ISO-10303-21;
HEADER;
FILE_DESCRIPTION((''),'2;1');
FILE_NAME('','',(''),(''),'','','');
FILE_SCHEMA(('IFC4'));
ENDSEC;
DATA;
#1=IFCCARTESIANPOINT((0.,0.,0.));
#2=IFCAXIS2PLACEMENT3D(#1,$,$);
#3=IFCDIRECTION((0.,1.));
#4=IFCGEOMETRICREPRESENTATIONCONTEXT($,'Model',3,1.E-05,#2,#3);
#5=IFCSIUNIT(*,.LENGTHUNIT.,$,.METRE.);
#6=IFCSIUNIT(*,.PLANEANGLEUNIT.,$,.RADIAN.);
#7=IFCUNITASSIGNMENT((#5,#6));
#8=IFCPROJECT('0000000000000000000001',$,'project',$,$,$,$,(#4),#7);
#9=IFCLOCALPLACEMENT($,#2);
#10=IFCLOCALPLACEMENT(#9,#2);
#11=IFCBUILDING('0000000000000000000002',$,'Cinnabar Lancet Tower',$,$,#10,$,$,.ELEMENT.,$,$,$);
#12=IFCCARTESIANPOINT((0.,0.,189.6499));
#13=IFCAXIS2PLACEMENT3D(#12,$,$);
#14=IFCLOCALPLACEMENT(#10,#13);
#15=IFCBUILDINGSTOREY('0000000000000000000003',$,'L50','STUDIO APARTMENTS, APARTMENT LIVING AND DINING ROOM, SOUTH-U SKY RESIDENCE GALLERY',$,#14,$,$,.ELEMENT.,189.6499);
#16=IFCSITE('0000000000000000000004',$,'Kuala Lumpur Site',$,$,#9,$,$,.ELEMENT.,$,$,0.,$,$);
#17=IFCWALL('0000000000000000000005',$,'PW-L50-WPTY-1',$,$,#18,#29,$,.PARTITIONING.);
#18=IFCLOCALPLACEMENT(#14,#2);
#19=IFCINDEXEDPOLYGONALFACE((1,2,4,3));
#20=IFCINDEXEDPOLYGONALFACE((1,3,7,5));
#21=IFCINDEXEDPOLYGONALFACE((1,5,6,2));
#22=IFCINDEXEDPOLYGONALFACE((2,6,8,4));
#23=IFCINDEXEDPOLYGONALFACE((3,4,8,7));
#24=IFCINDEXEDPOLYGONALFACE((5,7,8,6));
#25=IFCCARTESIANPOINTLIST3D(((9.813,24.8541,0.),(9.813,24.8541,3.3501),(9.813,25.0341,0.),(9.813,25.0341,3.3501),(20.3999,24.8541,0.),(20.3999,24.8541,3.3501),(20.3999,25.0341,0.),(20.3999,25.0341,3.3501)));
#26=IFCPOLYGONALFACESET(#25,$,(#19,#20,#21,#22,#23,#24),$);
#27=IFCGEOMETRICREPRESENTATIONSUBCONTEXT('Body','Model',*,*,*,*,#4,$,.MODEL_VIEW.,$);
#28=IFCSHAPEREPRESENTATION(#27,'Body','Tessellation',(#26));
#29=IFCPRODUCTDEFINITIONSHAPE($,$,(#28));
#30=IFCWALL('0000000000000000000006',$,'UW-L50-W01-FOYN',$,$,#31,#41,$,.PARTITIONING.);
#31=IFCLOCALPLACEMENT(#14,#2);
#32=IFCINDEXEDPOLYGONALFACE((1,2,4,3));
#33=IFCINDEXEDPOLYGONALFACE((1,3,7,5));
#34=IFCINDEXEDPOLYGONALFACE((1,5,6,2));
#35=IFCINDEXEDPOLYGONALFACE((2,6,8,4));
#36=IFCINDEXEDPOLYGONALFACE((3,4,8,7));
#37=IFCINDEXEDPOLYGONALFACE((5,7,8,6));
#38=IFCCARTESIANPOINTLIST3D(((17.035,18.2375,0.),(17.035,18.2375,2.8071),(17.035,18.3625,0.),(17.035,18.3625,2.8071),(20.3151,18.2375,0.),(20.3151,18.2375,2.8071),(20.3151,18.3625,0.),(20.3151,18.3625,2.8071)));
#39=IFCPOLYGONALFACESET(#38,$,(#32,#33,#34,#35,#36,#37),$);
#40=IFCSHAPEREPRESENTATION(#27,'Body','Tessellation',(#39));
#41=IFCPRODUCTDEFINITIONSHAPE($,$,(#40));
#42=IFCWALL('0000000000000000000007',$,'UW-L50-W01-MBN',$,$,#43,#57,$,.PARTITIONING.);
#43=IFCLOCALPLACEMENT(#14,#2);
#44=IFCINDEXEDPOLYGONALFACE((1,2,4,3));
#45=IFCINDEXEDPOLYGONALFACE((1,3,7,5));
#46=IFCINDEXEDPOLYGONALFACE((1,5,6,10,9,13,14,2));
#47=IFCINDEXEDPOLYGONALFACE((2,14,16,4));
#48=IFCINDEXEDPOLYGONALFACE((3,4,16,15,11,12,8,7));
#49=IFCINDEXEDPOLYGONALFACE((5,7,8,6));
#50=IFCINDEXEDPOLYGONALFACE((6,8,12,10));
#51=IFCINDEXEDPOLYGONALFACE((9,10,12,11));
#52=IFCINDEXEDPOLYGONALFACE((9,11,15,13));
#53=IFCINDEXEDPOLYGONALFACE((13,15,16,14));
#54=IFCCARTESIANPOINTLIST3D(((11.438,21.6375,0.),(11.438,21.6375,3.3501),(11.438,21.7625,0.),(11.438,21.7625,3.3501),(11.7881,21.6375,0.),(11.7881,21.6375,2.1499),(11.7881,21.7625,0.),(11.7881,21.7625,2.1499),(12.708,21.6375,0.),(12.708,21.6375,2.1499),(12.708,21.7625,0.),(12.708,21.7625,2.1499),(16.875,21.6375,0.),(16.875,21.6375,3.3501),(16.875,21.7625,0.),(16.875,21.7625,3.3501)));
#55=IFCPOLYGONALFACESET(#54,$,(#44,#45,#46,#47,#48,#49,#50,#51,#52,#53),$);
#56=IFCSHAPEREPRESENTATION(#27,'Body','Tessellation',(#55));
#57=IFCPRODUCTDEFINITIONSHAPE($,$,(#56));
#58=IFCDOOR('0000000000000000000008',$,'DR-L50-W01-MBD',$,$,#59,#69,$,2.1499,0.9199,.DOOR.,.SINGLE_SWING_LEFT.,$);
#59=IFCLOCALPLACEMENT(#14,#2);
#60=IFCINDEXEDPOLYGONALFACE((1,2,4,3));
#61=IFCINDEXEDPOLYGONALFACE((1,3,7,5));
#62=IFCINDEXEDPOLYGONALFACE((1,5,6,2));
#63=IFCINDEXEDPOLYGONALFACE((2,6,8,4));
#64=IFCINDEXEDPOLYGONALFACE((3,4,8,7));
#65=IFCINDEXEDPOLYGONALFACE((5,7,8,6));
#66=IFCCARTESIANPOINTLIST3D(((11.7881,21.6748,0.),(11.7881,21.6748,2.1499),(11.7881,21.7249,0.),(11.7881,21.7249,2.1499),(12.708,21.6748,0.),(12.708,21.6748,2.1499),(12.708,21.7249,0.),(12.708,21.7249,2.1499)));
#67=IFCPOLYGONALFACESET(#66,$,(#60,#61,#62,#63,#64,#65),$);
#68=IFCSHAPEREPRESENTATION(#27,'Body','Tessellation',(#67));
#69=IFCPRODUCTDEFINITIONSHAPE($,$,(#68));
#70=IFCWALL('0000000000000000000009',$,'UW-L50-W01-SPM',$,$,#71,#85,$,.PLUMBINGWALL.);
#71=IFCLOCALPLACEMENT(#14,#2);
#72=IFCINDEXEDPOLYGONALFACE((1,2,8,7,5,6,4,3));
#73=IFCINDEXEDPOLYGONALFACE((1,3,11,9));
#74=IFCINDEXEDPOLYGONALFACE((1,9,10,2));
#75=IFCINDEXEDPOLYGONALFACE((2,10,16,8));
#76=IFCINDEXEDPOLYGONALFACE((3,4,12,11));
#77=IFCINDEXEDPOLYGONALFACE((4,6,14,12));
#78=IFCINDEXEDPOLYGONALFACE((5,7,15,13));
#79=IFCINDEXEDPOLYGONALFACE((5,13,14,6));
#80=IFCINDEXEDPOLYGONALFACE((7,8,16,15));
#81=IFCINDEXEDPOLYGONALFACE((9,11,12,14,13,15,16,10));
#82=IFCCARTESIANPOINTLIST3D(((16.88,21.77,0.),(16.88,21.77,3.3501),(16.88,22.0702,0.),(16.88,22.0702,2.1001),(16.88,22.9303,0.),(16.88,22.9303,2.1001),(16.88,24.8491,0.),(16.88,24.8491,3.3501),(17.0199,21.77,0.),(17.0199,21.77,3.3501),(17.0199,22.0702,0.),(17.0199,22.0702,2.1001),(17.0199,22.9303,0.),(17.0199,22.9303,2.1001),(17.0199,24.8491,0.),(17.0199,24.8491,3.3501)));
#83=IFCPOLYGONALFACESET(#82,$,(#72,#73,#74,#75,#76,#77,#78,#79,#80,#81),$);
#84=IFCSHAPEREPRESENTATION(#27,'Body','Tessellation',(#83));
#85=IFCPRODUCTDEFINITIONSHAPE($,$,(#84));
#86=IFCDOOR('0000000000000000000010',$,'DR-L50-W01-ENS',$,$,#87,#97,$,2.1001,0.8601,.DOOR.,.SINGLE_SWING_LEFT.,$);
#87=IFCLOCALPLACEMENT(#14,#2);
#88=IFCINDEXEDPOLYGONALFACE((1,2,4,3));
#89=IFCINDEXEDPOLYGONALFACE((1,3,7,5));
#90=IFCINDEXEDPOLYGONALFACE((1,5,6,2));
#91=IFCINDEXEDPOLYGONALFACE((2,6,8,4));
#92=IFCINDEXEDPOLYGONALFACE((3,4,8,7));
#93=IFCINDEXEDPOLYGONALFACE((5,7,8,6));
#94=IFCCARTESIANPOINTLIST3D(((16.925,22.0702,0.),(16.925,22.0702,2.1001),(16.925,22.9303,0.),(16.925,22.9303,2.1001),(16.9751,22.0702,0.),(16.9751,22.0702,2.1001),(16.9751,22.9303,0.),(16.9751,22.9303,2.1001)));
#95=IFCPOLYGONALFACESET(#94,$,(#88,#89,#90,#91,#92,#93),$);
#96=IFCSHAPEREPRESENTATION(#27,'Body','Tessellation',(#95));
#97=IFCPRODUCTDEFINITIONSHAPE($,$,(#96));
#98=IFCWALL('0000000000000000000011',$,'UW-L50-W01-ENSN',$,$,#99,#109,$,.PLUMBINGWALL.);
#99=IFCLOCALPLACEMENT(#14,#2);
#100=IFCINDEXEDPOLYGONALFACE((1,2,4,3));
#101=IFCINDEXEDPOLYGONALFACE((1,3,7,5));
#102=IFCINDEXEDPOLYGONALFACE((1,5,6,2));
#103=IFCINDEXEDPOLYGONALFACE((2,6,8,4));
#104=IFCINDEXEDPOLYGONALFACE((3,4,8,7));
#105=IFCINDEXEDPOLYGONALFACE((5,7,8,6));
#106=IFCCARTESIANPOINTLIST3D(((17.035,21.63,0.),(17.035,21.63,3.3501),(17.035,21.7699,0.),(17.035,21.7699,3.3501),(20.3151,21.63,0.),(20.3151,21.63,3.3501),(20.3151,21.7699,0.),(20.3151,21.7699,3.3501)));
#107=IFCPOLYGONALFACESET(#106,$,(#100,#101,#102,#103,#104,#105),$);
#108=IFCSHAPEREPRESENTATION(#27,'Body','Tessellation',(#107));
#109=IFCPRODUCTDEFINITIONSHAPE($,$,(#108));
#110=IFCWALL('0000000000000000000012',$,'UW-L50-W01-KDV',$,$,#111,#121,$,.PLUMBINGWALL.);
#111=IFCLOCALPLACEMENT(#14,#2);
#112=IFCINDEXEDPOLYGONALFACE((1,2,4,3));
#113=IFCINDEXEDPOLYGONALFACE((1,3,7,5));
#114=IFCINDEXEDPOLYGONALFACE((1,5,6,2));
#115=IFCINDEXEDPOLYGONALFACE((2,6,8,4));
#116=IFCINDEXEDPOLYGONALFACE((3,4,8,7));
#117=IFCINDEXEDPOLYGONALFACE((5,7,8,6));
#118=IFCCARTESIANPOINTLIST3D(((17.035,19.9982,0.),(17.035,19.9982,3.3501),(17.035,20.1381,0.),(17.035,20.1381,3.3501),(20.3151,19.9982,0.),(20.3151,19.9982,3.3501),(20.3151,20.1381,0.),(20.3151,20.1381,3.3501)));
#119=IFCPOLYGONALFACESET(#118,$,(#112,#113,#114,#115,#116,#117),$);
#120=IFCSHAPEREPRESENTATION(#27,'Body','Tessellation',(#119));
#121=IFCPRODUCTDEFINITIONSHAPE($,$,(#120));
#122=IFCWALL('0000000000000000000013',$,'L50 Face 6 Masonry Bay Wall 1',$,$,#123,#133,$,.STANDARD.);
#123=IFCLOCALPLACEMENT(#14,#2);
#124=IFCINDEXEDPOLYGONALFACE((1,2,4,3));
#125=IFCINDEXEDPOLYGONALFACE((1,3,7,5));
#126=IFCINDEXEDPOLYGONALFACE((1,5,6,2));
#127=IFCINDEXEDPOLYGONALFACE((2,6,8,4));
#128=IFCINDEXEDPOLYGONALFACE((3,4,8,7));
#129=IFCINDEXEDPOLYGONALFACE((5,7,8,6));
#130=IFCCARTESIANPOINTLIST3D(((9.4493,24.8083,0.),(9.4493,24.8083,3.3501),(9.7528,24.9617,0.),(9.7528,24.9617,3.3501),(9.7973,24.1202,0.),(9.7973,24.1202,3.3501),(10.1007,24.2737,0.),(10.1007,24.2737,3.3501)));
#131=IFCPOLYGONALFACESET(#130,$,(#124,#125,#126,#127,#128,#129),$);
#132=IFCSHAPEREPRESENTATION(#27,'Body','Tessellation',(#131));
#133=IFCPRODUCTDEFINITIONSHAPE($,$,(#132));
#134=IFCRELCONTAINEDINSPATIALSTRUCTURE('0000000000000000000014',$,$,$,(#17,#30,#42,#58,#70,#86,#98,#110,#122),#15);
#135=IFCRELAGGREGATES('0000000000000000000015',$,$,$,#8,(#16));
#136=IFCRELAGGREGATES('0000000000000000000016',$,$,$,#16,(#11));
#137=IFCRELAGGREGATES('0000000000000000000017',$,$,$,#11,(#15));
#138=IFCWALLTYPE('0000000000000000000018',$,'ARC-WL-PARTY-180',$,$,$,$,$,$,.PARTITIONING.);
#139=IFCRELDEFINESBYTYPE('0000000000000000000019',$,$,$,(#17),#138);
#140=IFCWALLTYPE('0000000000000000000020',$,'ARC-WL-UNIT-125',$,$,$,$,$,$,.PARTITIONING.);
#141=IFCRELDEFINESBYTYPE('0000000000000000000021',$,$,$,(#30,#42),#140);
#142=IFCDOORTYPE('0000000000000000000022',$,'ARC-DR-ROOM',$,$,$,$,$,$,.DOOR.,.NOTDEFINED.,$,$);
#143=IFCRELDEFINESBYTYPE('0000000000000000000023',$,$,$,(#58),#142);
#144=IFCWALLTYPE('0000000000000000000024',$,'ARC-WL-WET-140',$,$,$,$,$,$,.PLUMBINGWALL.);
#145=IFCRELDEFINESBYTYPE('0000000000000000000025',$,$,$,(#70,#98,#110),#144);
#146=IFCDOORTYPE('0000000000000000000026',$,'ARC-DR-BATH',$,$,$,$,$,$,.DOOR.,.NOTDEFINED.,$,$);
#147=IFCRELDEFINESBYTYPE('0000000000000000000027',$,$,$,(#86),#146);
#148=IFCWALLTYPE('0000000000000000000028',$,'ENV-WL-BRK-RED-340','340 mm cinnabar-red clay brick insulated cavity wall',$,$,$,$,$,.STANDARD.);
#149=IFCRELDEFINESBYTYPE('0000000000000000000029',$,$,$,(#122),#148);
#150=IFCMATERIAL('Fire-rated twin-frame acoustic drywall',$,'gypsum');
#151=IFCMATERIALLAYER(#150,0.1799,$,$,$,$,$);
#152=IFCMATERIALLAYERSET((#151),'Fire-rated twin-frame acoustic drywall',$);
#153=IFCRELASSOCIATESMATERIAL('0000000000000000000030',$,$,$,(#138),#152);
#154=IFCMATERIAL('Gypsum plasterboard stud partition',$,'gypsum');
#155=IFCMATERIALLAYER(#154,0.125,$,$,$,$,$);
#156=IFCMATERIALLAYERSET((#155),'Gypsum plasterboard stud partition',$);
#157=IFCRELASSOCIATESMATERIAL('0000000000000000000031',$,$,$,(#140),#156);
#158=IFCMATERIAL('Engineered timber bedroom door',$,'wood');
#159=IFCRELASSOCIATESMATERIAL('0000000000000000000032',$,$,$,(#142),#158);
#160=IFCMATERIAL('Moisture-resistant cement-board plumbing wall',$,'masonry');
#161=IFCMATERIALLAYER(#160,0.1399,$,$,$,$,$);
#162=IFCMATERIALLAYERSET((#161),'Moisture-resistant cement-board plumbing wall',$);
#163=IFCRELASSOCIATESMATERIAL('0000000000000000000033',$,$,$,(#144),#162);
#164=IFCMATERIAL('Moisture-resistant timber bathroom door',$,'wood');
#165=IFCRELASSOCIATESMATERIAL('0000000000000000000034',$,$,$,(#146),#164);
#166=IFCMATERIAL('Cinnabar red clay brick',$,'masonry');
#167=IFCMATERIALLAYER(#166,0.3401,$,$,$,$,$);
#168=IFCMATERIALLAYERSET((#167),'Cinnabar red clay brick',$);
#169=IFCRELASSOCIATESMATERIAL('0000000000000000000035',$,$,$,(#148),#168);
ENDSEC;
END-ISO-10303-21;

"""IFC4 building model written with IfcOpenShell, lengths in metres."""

from ifc_helpers import new_model, si_unit, direction, frame, frame_2d, origin, place, context, subcontext, project, spatial, rectangle, extrude, material, layer, layer_set, type_object, element, fill, save


model = new_model("IFC4")

# Units and contexts
model_context = context("Model", 3, precision=1e-05, world=origin(), true_north=direction((0.0, 1.0)))
body_context = subcontext(model_context, "Body", "Model", "MODEL_VIEW")
ifc_project = project(units=[si_unit("LENGTHUNIT", "METRE"), si_unit("PLANEANGLEUNIT", "RADIAN")], contexts=[model_context])

# Site, building, storey
site_placement = place(None, origin())
site = spatial("IfcSite", under=ifc_project, at=site_placement, Name="Kuala Lumpur Site", CompositionType="ELEMENT", RefElevation=0.0)
building_placement = place(site_placement, origin())
building = spatial("IfcBuilding", under=site, at=building_placement, Name="Cinnabar Lancet Tower", CompositionType="ELEMENT")
storey_placement = place(building_placement, frame((0.0, 0.0, 189.6499)))
storey = spatial("IfcBuildingStorey", under=building, at=storey_placement, Name="L50", Description="STUDIO APARTMENTS, APARTMENT LIVING AND DINING ROOM, SOUTH-U SKY RESIDENCE GALLERY", CompositionType="ELEMENT", Elevation=189.6499)

# Walls
ifc_material_1 = material(Name="Fire-rated twin-frame acoustic drywall", Category="gypsum")
ifc_layer_1 = layer(ifc_material_1, 0.1799)
ifc_layer_set_1 = layer_set([ifc_layer_1], Name="Fire-rated twin-frame acoustic drywall")
wall_type_1 = type_object("IfcWallType", Name="ARC-WL-PARTY-180", PredefinedType="PARTITIONING", material=ifc_layer_set_1)
wall_1_placement = place(storey_placement, frame((9.813, 24.9441, 0.0), z_axis=(0.0, 0.0, 1.0), x_axis=(1.0, 0.0, 0.0)))
element("IfcWall", 1, at=wall_1_placement, inside=storey, type_object=wall_type_1, Name="PW-L50-WPTY-1", PredefinedType="PARTITIONING", context=body_context, shape_type="SweptSolid", body=[
    extrude(rectangle(XDim=10.5869, YDim=0.1799, at=frame_2d((5.2935, 0.0))), origin(), (0.0, 0.0, 1.0), 3.3501),
])
ifc_material_2 = material(Name="Gypsum plasterboard stud partition", Category="gypsum")
ifc_layer_2 = layer(ifc_material_2, 0.125)
ifc_layer_set_2 = layer_set([ifc_layer_2], Name="Gypsum plasterboard stud partition")
wall_type_2 = type_object("IfcWallType", Name="ARC-WL-UNIT-125", PredefinedType="PARTITIONING", material=ifc_layer_set_2)
wall_2_placement = place(storey_placement, frame((17.0349, 18.3, 0.0), z_axis=(0.0, 0.0, 1.0), x_axis=(1.0, 0.0, 0.0)))
element("IfcWall", 2, at=wall_2_placement, inside=storey, type_object=wall_type_2, Name="UW-L50-W01-FOYN", PredefinedType="PARTITIONING", context=body_context, shape_type="SweptSolid", body=[
    extrude(rectangle(XDim=3.28, YDim=0.125, at=frame_2d((1.6401, 0.0))), origin(), (0.0, 0.0, 1.0), 2.8071),
])

# Wall, opening, door
wall_3_placement = place(storey_placement, frame((11.438, 21.7, 0.0), z_axis=(0.0, 0.0, 1.0), x_axis=(1.0, 0.0, 0.0)))
wall_3 = element("IfcWall", 3, at=wall_3_placement, inside=storey, type_object=wall_type_2, Name="UW-L50-W01-MBN", PredefinedType="PARTITIONING", context=body_context, shape_type="SweptSolid", body=[
    extrude(rectangle(XDim=5.437, YDim=0.125, at=frame_2d((2.7185, 0.0))), origin(), (0.0, 0.0, 1.0), 3.3501),
])
opening_1_placement = place(wall_3_placement, frame((0.3501, 0.0, 0.0)))
opening_1 = element("IfcOpeningElement", 4, at=opening_1_placement, cuts=wall_3, PredefinedType="OPENING", context=body_context, shape_type="SweptSolid", body=[
    extrude(rectangle(XDim=0.9199, YDim=2.1499, at=frame_2d((0.46, 1.075))), frame((0.0, 0.0725, 0.0), z_axis=(0.0, -1.0, 0.0), x_axis=(1.0, 0.0, 0.0)), (0.0, 0.0, 1.0), 0.145),
])
ifc_material_3 = material(Name="Engineered timber bedroom door", Category="wood")
door_type_1 = type_object("IfcDoorType", Name="ARC-DR-ROOM", OperationType="NOTDEFINED", PredefinedType="DOOR", material=ifc_material_3)
door_1_placement = place(opening_1_placement, origin())
door_1 = element("IfcDoor", 5, at=door_1_placement, inside=storey, type_object=door_type_1, Name="DR-L50-W01-MBD", OperationType="SINGLE_SWING_LEFT", OverallHeight=2.1499, OverallWidth=0.9199, PredefinedType="DOOR", context=body_context, shape_type="SweptSolid", body=[
    extrude(rectangle(XDim=0.9199, YDim=2.1499, at=frame_2d((0.46, 1.075))), frame((0.0, 0.0249, 0.0), z_axis=(0.0, -1.0, 0.0), x_axis=(1.0, 0.0, 0.0)), (0.0, 0.0, 1.0), 0.05),
])
fill(opening_1, door_1)

# Shared definitions
ifc_material_4 = material(Name="Moisture-resistant cement-board plumbing wall", Category="masonry")
ifc_layer_3 = layer(ifc_material_4, 0.1399)
ifc_layer_set_3 = layer_set([ifc_layer_3], Name="Moisture-resistant cement-board plumbing wall")
wall_type_3 = type_object("IfcWallType", Name="ARC-WL-WET-140", PredefinedType="PLUMBINGWALL", material=ifc_layer_set_3)
ifc_material_5 = material(Name="Moisture-resistant timber bathroom door", Category="wood")
door_type_2 = type_object("IfcDoorType", Name="ARC-DR-BATH", OperationType="NOTDEFINED", PredefinedType="DOOR", material=ifc_material_5)

# Wall, opening, door
wall_4_placement = place(storey_placement, frame((16.95, 21.77, 0.0), z_axis=(0.0, 0.0, 1.0), x_axis=(0.0, 1.0, 0.0)))
wall_4 = element("IfcWall", 6, at=wall_4_placement, inside=storey, type_object=wall_type_3, Name="UW-L50-W01-SPM", PredefinedType="PLUMBINGWALL", context=body_context, shape_type="SweptSolid", body=[
    extrude(rectangle(XDim=3.0791, YDim=0.1399, at=frame_2d((1.5396, 0.0))), origin(), (0.0, 0.0, 1.0), 3.3501),
])
opening_2_placement = place(wall_4_placement, frame((0.3, 0.0, 0.0)))
opening_2 = element("IfcOpeningElement", 7, at=opening_2_placement, cuts=wall_4, PredefinedType="OPENING", context=body_context, shape_type="SweptSolid", body=[
    extrude(rectangle(XDim=0.8601, YDim=2.1001, at=frame_2d((0.4302, 1.05))), frame((0.0, 0.0798, 0.0), z_axis=(0.0, -1.0, 0.0), x_axis=(1.0, 0.0, 0.0)), (0.0, 0.0, 1.0), 0.1599),
])
door_2_placement = place(opening_2_placement, origin())
door_2 = element("IfcDoor", 8, at=door_2_placement, inside=storey, type_object=door_type_2, Name="DR-L50-W01-ENS", OperationType="SINGLE_SWING_LEFT", OverallHeight=2.1001, OverallWidth=0.8601, PredefinedType="DOOR", context=body_context, shape_type="SweptSolid", body=[
    extrude(rectangle(XDim=0.8601, YDim=2.1001, at=frame_2d((0.4302, 1.05))), frame((0.0, 0.0249, 0.0), z_axis=(0.0, -1.0, 0.0), x_axis=(1.0, 0.0, 0.0)), (0.0, 0.0, 1.0), 0.05),
])
fill(opening_2, door_2)

# Walls
for number, where, z_axis, x_axis, name in (
    (9, (17.0349, 21.7, 0.0), (0.0, 0.0, 1.0), (1.0, 0.0, 0.0), "UW-L50-W01-ENSN"),
    (10, (17.0349, 20.0681, 0.0), (0.0, 0.0, 1.0), (1.0, 0.0, 0.0), "UW-L50-W01-KDV"),
):
    element("IfcWall", number, at=place(storey_placement, frame(where, z_axis=z_axis, x_axis=x_axis)), inside=storey, type_object=wall_type_3, Name=name, PredefinedType="PLUMBINGWALL", context=body_context, shape_type="SweptSolid", body=[
        extrude(rectangle(XDim=3.28, YDim=0.1399, at=frame_2d((1.6401, 0.0))), origin(), (0.0, 0.0, 1.0), 3.3501),
    ])
ifc_material_6 = material(Name="Cinnabar red clay brick", Category="masonry")
ifc_layer_4 = layer(ifc_material_6, 0.3401)
ifc_layer_set_4 = layer_set([ifc_layer_4], Name="Cinnabar red clay brick")
wall_type_4 = type_object("IfcWallType", Name="ENV-WL-BRK-RED-340", Description="340 mm cinnabar-red clay brick insulated cavity wall", PredefinedType="STANDARD", material=ifc_layer_set_4)
wall_5_placement = place(storey_placement, frame((9.6011, 24.885, 0.0), z_axis=(0.0, 0.0, 1.0), x_axis=(0.451262, -0.892391, 0.0)))
element("IfcWall", 11, at=wall_5_placement, inside=storey, type_object=wall_type_4, Name="L50 Face 6 Masonry Bay Wall 1", PredefinedType="STANDARD", context=body_context, shape_type="SweptSolid", body=[
    extrude(rectangle(XDim=0.771, YDim=0.3401, at=frame_2d((0.3855, 0.0))), origin(), (0.0, 0.0, 1.0), 3.3501),
])

save(model, "model.ifc")
